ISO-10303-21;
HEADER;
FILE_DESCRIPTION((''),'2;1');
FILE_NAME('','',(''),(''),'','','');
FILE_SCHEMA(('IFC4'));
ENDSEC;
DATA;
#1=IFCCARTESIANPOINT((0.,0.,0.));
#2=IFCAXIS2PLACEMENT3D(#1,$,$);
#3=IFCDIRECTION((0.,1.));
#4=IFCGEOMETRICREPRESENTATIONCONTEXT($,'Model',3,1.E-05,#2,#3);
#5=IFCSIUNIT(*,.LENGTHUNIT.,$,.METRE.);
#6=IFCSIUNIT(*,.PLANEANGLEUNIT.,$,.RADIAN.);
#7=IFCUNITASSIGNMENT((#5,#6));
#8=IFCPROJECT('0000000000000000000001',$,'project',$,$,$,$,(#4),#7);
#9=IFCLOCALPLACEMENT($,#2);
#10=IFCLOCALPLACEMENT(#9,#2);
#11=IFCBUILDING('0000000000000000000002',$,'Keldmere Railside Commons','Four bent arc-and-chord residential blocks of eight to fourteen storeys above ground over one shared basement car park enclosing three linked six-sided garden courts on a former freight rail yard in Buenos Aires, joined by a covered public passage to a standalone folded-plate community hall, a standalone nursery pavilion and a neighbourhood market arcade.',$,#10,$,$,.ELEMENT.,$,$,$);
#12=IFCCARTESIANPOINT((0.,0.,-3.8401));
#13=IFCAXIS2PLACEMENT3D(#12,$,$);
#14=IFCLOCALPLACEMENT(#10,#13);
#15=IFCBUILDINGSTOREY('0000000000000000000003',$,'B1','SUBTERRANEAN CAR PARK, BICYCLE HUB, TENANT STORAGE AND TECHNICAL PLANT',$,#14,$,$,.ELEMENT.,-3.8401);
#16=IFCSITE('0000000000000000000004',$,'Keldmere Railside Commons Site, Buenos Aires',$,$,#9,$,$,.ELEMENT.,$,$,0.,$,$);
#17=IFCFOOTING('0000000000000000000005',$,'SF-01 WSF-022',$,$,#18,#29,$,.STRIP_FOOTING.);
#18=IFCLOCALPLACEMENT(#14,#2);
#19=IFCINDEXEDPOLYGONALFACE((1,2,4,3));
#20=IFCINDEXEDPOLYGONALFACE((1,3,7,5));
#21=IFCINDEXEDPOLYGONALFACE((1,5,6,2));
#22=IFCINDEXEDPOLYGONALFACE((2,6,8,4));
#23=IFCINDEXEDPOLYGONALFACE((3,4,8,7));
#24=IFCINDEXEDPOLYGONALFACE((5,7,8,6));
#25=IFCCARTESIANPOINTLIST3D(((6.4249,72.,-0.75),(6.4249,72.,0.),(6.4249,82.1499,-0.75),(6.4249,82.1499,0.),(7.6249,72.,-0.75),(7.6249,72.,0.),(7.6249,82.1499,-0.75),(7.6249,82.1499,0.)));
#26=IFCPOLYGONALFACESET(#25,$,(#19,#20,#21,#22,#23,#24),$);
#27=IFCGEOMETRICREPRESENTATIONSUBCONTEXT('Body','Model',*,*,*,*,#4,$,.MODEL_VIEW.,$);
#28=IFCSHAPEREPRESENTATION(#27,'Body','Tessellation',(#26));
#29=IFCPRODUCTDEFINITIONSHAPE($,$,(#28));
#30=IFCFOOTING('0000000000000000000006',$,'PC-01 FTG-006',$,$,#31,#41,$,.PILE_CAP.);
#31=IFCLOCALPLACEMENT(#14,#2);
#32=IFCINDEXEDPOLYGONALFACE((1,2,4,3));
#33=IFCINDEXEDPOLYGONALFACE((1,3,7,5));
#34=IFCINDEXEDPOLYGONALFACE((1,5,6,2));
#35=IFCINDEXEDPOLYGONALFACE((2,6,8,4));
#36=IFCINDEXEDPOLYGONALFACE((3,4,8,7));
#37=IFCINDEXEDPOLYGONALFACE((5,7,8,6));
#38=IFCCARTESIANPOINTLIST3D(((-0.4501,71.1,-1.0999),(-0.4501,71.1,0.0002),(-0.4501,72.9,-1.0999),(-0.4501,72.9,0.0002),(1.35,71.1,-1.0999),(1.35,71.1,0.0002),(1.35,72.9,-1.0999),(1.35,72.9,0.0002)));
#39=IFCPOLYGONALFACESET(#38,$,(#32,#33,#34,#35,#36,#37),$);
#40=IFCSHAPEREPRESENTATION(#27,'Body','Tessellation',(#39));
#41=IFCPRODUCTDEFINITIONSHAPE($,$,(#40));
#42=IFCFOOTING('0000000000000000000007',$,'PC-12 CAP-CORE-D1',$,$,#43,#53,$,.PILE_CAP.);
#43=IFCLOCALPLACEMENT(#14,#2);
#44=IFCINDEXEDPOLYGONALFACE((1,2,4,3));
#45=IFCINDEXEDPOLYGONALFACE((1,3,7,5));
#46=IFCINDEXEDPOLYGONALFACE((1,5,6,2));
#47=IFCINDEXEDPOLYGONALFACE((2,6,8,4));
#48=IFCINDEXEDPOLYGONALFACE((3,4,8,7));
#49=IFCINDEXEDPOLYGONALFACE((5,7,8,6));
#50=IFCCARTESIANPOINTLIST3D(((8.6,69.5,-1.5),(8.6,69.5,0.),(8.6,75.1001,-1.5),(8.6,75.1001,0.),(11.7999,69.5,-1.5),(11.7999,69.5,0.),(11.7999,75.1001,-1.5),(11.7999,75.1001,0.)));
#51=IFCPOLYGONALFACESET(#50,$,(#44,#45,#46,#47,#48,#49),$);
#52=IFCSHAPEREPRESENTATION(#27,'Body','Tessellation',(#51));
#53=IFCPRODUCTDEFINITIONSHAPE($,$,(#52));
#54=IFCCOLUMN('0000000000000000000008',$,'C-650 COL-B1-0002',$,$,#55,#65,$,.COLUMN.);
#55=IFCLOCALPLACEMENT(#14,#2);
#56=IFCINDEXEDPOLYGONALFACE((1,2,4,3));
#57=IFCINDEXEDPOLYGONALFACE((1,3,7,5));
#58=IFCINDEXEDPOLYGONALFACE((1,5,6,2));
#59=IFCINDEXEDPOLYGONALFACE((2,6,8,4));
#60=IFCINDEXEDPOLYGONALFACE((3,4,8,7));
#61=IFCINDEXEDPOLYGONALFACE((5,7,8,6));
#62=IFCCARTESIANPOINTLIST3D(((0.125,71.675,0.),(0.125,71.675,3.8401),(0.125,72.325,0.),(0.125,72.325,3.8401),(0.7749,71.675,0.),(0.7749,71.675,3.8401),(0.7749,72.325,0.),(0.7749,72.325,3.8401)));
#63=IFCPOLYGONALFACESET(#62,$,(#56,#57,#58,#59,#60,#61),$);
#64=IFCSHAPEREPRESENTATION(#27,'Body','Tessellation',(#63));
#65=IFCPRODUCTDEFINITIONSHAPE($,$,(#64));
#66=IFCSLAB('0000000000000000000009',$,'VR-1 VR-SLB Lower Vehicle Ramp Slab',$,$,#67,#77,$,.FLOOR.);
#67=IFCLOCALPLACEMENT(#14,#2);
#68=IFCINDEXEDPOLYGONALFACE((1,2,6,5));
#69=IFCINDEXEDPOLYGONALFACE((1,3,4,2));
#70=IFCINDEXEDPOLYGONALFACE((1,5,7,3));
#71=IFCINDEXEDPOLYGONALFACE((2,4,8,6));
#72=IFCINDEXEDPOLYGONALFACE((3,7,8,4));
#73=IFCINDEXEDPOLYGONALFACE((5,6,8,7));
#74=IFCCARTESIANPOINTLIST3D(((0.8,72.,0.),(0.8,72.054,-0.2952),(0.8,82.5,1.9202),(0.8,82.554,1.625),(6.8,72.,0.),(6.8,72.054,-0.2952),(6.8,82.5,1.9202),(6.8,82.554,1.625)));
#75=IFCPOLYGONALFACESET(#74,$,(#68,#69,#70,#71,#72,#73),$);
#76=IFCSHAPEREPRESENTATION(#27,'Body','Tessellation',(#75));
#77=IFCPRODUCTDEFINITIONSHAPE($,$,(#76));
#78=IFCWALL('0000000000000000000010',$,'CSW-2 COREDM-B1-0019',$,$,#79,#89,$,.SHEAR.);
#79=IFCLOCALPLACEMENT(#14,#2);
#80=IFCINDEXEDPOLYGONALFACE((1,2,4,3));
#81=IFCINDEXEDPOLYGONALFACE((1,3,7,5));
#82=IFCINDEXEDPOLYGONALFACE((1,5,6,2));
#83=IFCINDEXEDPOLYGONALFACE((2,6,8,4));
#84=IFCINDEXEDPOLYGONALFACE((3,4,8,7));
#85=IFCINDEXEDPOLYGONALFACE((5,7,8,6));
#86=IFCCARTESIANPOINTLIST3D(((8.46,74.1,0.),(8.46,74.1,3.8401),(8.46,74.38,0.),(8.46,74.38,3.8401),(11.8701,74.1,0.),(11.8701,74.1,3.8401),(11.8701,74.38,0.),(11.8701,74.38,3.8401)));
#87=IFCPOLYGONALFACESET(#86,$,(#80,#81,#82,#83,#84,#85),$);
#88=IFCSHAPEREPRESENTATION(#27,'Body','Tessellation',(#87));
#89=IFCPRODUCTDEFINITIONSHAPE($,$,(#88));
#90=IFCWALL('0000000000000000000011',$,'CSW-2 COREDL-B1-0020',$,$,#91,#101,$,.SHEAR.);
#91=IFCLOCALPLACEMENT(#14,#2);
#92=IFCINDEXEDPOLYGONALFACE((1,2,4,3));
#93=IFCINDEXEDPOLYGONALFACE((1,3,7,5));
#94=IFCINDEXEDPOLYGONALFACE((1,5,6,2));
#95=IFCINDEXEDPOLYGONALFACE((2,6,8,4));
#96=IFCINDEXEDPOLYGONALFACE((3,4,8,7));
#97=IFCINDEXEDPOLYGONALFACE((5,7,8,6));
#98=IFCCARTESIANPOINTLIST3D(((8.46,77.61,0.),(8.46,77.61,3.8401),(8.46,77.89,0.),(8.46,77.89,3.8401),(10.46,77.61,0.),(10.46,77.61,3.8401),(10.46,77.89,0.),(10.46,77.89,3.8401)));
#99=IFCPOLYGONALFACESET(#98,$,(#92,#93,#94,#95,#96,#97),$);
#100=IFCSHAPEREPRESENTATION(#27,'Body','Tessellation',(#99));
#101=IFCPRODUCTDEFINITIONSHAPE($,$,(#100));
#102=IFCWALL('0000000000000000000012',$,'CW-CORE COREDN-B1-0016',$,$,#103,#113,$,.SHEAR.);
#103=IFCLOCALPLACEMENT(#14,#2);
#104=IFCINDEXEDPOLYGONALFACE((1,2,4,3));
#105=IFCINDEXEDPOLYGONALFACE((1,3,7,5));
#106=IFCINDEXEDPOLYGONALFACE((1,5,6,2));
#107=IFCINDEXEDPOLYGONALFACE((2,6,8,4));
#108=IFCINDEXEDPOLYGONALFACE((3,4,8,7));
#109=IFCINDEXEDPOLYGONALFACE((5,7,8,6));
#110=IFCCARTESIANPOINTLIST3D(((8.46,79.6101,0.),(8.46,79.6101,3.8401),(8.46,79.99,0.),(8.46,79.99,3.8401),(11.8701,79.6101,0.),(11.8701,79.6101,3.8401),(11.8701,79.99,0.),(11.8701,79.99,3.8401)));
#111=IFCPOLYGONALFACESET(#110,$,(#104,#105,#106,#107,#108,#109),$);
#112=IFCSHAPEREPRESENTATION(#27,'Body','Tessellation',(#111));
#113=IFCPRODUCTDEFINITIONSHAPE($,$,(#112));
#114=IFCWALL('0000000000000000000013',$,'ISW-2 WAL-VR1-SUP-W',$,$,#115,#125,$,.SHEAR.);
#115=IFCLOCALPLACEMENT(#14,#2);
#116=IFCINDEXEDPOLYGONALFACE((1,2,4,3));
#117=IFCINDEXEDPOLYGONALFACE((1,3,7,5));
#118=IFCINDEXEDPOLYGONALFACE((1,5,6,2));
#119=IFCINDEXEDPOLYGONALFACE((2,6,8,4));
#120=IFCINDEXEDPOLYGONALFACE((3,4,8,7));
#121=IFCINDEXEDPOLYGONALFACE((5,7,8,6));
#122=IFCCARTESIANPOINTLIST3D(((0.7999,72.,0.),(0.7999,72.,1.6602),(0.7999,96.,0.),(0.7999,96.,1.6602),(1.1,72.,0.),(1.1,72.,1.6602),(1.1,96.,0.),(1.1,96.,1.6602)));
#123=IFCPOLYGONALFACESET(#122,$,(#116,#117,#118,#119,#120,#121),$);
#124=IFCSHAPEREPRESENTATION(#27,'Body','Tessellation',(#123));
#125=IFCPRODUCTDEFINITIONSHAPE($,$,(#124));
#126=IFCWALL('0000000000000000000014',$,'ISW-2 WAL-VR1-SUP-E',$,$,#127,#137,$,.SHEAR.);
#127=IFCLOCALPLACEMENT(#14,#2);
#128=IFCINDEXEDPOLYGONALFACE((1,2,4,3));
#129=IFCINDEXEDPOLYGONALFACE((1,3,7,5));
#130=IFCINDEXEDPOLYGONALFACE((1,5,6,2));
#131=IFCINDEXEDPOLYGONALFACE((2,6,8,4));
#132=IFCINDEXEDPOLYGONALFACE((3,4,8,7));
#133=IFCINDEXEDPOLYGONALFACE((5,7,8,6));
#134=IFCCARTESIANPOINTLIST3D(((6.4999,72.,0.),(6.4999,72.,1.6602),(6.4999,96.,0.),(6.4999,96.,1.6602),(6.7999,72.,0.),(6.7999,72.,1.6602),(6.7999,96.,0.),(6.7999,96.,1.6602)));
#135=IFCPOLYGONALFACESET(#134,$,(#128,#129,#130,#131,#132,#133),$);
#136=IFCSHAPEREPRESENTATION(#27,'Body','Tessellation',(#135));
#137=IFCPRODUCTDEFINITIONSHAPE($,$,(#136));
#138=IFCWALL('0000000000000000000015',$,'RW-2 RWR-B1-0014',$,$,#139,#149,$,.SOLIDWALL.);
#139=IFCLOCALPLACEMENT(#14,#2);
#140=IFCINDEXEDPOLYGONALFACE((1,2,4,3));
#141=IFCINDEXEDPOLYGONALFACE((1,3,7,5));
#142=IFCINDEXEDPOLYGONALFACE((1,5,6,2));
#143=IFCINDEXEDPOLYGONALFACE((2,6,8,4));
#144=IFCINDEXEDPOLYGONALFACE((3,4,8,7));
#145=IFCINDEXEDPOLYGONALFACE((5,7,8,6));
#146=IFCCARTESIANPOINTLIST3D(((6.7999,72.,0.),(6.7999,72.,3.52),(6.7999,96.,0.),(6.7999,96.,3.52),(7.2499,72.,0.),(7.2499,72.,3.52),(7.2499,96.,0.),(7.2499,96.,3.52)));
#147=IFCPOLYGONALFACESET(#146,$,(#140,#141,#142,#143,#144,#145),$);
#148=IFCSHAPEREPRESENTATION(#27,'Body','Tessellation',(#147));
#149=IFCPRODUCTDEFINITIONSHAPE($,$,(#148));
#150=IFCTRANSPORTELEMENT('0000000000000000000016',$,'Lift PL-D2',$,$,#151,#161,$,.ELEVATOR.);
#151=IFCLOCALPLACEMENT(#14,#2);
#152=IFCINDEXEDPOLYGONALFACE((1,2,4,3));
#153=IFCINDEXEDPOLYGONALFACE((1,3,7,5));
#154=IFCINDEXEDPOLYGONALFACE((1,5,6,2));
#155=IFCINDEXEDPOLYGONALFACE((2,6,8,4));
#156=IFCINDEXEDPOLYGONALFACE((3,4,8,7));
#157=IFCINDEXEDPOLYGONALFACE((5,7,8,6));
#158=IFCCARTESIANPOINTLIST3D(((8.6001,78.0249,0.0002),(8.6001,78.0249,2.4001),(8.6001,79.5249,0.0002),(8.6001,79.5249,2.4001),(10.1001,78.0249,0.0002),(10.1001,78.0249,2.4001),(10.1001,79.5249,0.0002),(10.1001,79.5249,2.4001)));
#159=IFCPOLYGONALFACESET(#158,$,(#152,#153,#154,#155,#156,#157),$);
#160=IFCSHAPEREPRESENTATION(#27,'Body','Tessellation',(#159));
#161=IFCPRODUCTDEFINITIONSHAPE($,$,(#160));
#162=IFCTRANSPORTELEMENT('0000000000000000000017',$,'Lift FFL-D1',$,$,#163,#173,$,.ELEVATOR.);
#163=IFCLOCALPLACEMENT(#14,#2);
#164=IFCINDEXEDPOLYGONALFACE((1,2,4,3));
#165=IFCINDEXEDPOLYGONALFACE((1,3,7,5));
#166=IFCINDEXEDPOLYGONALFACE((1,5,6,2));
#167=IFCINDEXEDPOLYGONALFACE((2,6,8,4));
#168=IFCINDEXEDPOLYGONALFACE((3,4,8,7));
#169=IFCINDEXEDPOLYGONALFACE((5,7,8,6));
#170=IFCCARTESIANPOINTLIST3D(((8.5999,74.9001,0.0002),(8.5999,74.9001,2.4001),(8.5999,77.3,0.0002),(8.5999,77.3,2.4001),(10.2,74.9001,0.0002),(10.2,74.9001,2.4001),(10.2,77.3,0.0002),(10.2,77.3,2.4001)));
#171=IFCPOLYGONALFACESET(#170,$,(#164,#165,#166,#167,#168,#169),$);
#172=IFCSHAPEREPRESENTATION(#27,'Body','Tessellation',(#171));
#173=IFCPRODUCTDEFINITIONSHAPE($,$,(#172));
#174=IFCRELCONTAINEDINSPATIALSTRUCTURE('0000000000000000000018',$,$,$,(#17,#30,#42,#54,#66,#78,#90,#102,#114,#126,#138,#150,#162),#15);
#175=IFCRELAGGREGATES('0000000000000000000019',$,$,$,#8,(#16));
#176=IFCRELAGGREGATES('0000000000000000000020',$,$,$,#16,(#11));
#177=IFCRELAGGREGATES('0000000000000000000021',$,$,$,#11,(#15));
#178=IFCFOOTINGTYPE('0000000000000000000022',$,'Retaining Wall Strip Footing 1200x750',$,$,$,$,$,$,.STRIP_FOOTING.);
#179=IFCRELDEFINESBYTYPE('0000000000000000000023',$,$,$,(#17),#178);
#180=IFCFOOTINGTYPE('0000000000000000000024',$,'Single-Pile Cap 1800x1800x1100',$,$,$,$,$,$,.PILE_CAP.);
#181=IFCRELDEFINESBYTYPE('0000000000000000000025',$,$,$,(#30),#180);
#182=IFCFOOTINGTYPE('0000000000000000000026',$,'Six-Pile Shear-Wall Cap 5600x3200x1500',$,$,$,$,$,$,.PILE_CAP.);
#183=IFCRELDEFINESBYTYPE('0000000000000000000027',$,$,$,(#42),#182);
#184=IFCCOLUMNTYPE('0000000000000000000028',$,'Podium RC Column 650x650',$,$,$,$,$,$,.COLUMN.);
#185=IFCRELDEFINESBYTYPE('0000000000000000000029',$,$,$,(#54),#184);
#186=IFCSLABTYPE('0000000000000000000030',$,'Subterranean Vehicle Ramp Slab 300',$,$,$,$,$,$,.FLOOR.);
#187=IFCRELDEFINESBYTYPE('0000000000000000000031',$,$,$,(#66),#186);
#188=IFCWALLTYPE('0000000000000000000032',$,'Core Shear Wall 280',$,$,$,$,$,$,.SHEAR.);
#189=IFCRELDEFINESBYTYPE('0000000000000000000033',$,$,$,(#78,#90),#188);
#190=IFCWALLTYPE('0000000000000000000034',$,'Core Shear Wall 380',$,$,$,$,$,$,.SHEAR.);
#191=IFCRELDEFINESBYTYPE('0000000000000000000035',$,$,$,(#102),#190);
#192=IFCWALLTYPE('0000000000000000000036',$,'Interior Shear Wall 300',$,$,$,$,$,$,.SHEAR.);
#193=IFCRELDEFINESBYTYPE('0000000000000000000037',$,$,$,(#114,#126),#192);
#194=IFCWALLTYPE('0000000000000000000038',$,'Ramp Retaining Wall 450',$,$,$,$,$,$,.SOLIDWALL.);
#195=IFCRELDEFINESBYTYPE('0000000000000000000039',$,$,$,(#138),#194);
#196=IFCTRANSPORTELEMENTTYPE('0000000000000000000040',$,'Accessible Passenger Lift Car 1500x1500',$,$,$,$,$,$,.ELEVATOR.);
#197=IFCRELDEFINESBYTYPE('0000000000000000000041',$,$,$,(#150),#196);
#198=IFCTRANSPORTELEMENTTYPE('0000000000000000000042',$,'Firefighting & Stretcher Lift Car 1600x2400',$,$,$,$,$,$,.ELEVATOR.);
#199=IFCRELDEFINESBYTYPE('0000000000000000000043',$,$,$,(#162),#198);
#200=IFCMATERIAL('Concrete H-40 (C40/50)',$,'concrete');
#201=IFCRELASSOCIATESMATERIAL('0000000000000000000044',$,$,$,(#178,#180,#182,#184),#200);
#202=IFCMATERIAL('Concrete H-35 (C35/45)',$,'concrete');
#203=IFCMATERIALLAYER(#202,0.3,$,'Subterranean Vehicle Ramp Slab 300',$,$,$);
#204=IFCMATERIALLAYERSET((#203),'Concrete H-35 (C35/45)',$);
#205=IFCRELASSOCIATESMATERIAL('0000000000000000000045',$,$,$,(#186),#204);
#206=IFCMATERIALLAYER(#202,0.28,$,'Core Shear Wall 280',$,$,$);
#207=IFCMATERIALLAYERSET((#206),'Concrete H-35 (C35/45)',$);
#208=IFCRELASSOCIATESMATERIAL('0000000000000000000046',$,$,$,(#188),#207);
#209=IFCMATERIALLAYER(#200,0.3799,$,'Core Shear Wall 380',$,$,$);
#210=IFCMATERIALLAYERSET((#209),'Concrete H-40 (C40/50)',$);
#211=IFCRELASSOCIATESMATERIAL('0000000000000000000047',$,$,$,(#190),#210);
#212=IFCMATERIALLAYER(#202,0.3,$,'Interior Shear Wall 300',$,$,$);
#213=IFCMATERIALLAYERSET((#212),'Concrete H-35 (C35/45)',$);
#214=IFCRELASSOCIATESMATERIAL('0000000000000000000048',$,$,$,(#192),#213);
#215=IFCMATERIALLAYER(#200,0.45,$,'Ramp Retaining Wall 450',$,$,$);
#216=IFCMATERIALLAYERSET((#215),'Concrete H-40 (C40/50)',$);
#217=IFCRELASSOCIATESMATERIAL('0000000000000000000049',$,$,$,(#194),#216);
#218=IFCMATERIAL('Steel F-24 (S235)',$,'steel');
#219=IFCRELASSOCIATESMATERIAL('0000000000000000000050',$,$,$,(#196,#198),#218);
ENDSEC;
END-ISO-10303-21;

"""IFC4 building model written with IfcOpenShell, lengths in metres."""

from ifc_helpers import new_model, si_unit, direction, frame, frame_2d, origin, origin_2d, place, context, subcontext, project, spatial, polyline, rectangle, outline, extrude, material, layer, layer_set, material_profile, profile_set, type_object, element, save


model = new_model("IFC4")

# Units and contexts
model_context = context("Model", 3, precision=1e-05, world=origin(), true_north=direction((0.0, 1.0)))
body_context = subcontext(model_context, "Body", "Model", "MODEL_VIEW")
ifc_project = project(units=[si_unit("LENGTHUNIT", "METRE"), si_unit("PLANEANGLEUNIT", "RADIAN")], contexts=[model_context])

# Site, building, storey
site_placement = place(None, origin())
site = spatial("IfcSite", under=ifc_project, at=site_placement, Name="Keldmere Railside Commons Site, Buenos Aires", CompositionType="ELEMENT", RefElevation=0.0)
building_placement = place(site_placement, origin())
building = spatial("IfcBuilding", under=site, at=building_placement, Name="Keldmere Railside Commons", Description="Four bent arc-and-chord residential blocks of eight to fourteen storeys above ground over one shared basement car park enclosing three linked six-sided garden courts on a former freight rail yard in Buenos Aires, joined by a covered public passage to a standalone folded-plate community hall, a standalone nursery pavilion and a neighbourhood market arcade.", CompositionType="ELEMENT")
storey_placement = place(building_placement, frame((0.0, 0.0, -3.8401)))
storey = spatial("IfcBuildingStorey", under=building, at=storey_placement, Name="B1", Description="SUBTERRANEAN CAR PARK, BICYCLE HUB, TENANT STORAGE AND TECHNICAL PLANT", CompositionType="ELEMENT", Elevation=-3.8401)

# Footings
ifc_material_1 = material(Name="Concrete H-40 (C40/50)", Category="concrete")
footing_type_1 = type_object("IfcFootingType", Name="Retaining Wall Strip Footing 1200x750", PredefinedType="STRIP_FOOTING", material=ifc_material_1)
footing_1_placement = place(storey_placement, frame((7.0249, 77.075, -0.75), z_axis=(0.0, 0.0, 1.0), x_axis=(0.0, 1.0, 0.0)))
element("IfcFooting", 1, at=footing_1_placement, inside=storey, type_object=footing_type_1, Name="SF-01 WSF-022", PredefinedType="STRIP_FOOTING", context=body_context, shape_type="SweptSolid", body=[
    extrude(rectangle(XDim=10.1499, YDim=1.2, at=origin_2d()), origin(), (0.0, 0.0, 1.0), 0.75),
])
footing_type_2 = type_object("IfcFootingType", Name="Single-Pile Cap 1800x1800x1100", PredefinedType="PILE_CAP", material=ifc_material_1)
footing_2_placement = place(storey_placement, frame((0.45, 72.0, -1.0999), z_axis=(0.0, 0.0, 1.0), x_axis=(1.0, 0.0, 0.0)))
element("IfcFooting", 2, at=footing_2_placement, inside=storey, type_object=footing_type_2, Name="PC-01 FTG-006", PredefinedType="PILE_CAP", context=body_context, shape_type="SweptSolid", body=[
    extrude(rectangle(XDim=1.8, YDim=1.8, at=origin_2d()), origin(), (0.0, 0.0, 1.0), 1.1001),
])
footing_type_3 = type_object("IfcFootingType", Name="Six-Pile Shear-Wall Cap 5600x3200x1500", PredefinedType="PILE_CAP", material=ifc_material_1)
footing_3_placement = place(storey_placement, frame((10.2, 72.3, -1.5), z_axis=(0.0, 0.0, 1.0), x_axis=(0.0, 1.0, 0.0)))
element("IfcFooting", 3, at=footing_3_placement, inside=storey, type_object=footing_type_3, Name="PC-12 CAP-CORE-D1", PredefinedType="PILE_CAP", context=body_context, shape_type="SweptSolid", body=[
    extrude(rectangle(XDim=5.6001, YDim=3.2, at=origin_2d()), origin(), (0.0, 0.0, 1.0), 1.5),
])

# Column
ifc_material_profile_1 = material_profile(ifc_material_1, rectangle(XDim=0.6499, YDim=0.6499, at=origin_2d()), Name="RC-650x650")
ifc_profile_set_1 = profile_set([ifc_material_profile_1], Name="Concrete H-40 (C40/50)")
column_type = type_object("IfcColumnType", Name="Podium RC Column 650x650", PredefinedType="COLUMN", material=ifc_profile_set_1)
column_placement = place(storey_placement, frame((0.45, 72.0, 0.0), z_axis=(0.0, 0.0, 1.0), x_axis=(1.0, 0.0, 0.0)))
element("IfcColumn", 4, at=column_placement, inside=storey, type_object=column_type, Name="C-650 COL-B1-0002", PredefinedType="COLUMN", context=body_context, shape_type="SweptSolid", body=[
    extrude(rectangle(XDim=0.6499, YDim=0.6499, at=origin_2d()), origin(), (0.0, 0.0, 1.0), 3.8401),
])

# Slab
ifc_material_2 = material(Name="Concrete H-35 (C35/45)", Category="concrete")
ifc_layer_1 = layer(ifc_material_2, 0.3, Name="Subterranean Vehicle Ramp Slab 300")
ifc_layer_set_1 = layer_set([ifc_layer_1], Name="Concrete H-35 (C35/45)")
slab_type = type_object("IfcSlabType", Name="Subterranean Vehicle Ramp Slab 300", PredefinedType="FLOOR", material=ifc_layer_set_1)
slab_placement = place(storey_placement, frame((0.8, 72.0, 0.0), z_axis=(0.0, -0.17989, 0.983687), x_axis=(1.0, 0.0, 0.0)))
element("IfcSlab", 5, at=slab_placement, inside=storey, type_object=slab_type, Name="VR-1 VR-SLB Lower Vehicle Ramp Slab", PredefinedType="FLOOR", context=body_context, shape_type="SweptSolid", body=[
    extrude(outline(polyline([(0.0, 0.0), (6.0, 0.0), (6.0, 10.6741), (0.0, 10.6741), (0.0, 0.0)])), origin(), (0.0, 0.0, -1.0), 0.3),
])

# Walls
ifc_layer_2 = layer(ifc_material_2, 0.28, Name="Core Shear Wall 280")
ifc_layer_set_2 = layer_set([ifc_layer_2], Name="Concrete H-35 (C35/45)")
wall_type_1 = type_object("IfcWallType", Name="Core Shear Wall 280", PredefinedType="SHEAR", material=ifc_layer_set_2)
wall_1_placement = place(storey_placement, frame((8.46, 74.24, 0.0), z_axis=(0.0, 0.0, 1.0), x_axis=(1.0, 0.0, 0.0)))
element("IfcWall", 6, at=wall_1_placement, inside=storey, type_object=wall_type_1, Name="CSW-2 COREDM-B1-0019", PredefinedType="SHEAR", context=body_context, shape_type="SweptSolid", body=[
    extrude(rectangle(XDim=3.4102, YDim=0.28, at=frame_2d((1.7051, 0.0))), origin(), (0.0, 0.0, 1.0), 3.8401),
])
wall_2_placement = place(storey_placement, frame((8.46, 77.75, 0.0), z_axis=(0.0, 0.0, 1.0), x_axis=(1.0, 0.0, 0.0)))
element("IfcWall", 7, at=wall_2_placement, inside=storey, type_object=wall_type_1, Name="CSW-2 COREDL-B1-0020", PredefinedType="SHEAR", context=body_context, shape_type="SweptSolid", body=[
    extrude(rectangle(XDim=2.0, YDim=0.28, at=frame_2d((1.0, 0.0))), origin(), (0.0, 0.0, 1.0), 3.8401),
])
ifc_layer_3 = layer(ifc_material_1, 0.3799, Name="Core Shear Wall 380")
ifc_layer_set_3 = layer_set([ifc_layer_3], Name="Concrete H-40 (C40/50)")
wall_type_2 = type_object("IfcWallType", Name="Core Shear Wall 380", PredefinedType="SHEAR", material=ifc_layer_set_3)
wall_3_placement = place(storey_placement, frame((8.46, 79.8, 0.0), z_axis=(0.0, 0.0, 1.0), x_axis=(1.0, 0.0, 0.0)))
element("IfcWall", 8, at=wall_3_placement, inside=storey, type_object=wall_type_2, Name="CW-CORE COREDN-B1-0016", PredefinedType="SHEAR", context=body_context, shape_type="SweptSolid", body=[
    extrude(rectangle(XDim=3.4102, YDim=0.3799, at=frame_2d((1.7051, 0.0))), origin(), (0.0, 0.0, 1.0), 3.8401),
])
ifc_layer_4 = layer(ifc_material_2, 0.3, Name="Interior Shear Wall 300")
ifc_layer_set_4 = layer_set([ifc_layer_4], Name="Concrete H-35 (C35/45)")
wall_type_3 = type_object("IfcWallType", Name="Interior Shear Wall 300", PredefinedType="SHEAR", material=ifc_layer_set_4)
for number, where, z_axis, x_axis, name in (
    (9, (0.95, 72.0, 0.0), (0.0, 0.0, 1.0), (0.0, 1.0, 0.0), "ISW-2 WAL-VR1-SUP-W"),
    (10, (6.6499, 72.0, 0.0), (0.0, 0.0, 1.0), (0.0, 1.0, 0.0), "ISW-2 WAL-VR1-SUP-E"),
):
    element("IfcWall", number, at=place(storey_placement, frame(where, z_axis=z_axis, x_axis=x_axis)), inside=storey, type_object=wall_type_3, Name=name, PredefinedType="SHEAR", context=body_context, shape_type="SweptSolid", body=[
        extrude(rectangle(XDim=24.0, YDim=0.3, at=frame_2d((12.0, 0.0))), origin(), (0.0, 0.0, 1.0), 1.6602),
    ])
ifc_layer_5 = layer(ifc_material_1, 0.45, Name="Ramp Retaining Wall 450")
ifc_layer_set_5 = layer_set([ifc_layer_5], Name="Concrete H-40 (C40/50)")
wall_type_4 = type_object("IfcWallType", Name="Ramp Retaining Wall 450", PredefinedType="SOLIDWALL", material=ifc_layer_set_5)
wall_4_placement = place(storey_placement, frame((7.0249, 72.0, 0.0), z_axis=(0.0, 0.0, 1.0), x_axis=(0.0, 1.0, 0.0)))
element("IfcWall", 11, at=wall_4_placement, inside=storey, type_object=wall_type_4, Name="RW-2 RWR-B1-0014", PredefinedType="SOLIDWALL", context=body_context, shape_type="SweptSolid", body=[
    extrude(rectangle(XDim=24.0, YDim=0.45, at=frame_2d((12.0, 0.0))), origin(), (0.0, 0.0, 1.0), 3.52),
])

# Shared definitions
ifc_material_3 = material(Name="Steel F-24 (S235)", Category="steel")

# Transport elements
transport_element_type_1 = type_object("IfcTransportElementType", Name="Accessible Passenger Lift Car 1500x1500", PredefinedType="ELEVATOR", material=ifc_material_3)
transport_element_1_placement = place(storey_placement, frame((9.3501, 78.7749, 0.0002), z_axis=(0.0, 0.0, 1.0), x_axis=(1.0, 0.0, 0.0)))
element("IfcTransportElement", 12, at=transport_element_1_placement, inside=storey, type_object=transport_element_type_1, Name="Lift PL-D2", PredefinedType="ELEVATOR", context=body_context, shape_type="SweptSolid", body=[
    extrude(rectangle(XDim=1.5, YDim=1.5, at=origin_2d()), origin(), (0.0, 0.0, 1.0), 2.3999),
])
transport_element_type_2 = type_object("IfcTransportElementType", Name="Firefighting & Stretcher Lift Car 1600x2400", PredefinedType="ELEVATOR", material=ifc_material_3)
transport_element_2_placement = place(storey_placement, frame((9.3999, 76.1001, 0.0002), z_axis=(0.0, 0.0, 1.0), x_axis=(1.0, 0.0, 0.0)))
element("IfcTransportElement", 13, at=transport_element_2_placement, inside=storey, type_object=transport_element_type_2, Name="Lift FFL-D1", PredefinedType="ELEVATOR", context=body_context, shape_type="SweptSolid", body=[
    extrude(rectangle(XDim=1.6001, YDim=2.3999, at=origin_2d()), origin(), (0.0, 0.0, 1.0), 2.3999),
])

save(model, "model.ifc")
